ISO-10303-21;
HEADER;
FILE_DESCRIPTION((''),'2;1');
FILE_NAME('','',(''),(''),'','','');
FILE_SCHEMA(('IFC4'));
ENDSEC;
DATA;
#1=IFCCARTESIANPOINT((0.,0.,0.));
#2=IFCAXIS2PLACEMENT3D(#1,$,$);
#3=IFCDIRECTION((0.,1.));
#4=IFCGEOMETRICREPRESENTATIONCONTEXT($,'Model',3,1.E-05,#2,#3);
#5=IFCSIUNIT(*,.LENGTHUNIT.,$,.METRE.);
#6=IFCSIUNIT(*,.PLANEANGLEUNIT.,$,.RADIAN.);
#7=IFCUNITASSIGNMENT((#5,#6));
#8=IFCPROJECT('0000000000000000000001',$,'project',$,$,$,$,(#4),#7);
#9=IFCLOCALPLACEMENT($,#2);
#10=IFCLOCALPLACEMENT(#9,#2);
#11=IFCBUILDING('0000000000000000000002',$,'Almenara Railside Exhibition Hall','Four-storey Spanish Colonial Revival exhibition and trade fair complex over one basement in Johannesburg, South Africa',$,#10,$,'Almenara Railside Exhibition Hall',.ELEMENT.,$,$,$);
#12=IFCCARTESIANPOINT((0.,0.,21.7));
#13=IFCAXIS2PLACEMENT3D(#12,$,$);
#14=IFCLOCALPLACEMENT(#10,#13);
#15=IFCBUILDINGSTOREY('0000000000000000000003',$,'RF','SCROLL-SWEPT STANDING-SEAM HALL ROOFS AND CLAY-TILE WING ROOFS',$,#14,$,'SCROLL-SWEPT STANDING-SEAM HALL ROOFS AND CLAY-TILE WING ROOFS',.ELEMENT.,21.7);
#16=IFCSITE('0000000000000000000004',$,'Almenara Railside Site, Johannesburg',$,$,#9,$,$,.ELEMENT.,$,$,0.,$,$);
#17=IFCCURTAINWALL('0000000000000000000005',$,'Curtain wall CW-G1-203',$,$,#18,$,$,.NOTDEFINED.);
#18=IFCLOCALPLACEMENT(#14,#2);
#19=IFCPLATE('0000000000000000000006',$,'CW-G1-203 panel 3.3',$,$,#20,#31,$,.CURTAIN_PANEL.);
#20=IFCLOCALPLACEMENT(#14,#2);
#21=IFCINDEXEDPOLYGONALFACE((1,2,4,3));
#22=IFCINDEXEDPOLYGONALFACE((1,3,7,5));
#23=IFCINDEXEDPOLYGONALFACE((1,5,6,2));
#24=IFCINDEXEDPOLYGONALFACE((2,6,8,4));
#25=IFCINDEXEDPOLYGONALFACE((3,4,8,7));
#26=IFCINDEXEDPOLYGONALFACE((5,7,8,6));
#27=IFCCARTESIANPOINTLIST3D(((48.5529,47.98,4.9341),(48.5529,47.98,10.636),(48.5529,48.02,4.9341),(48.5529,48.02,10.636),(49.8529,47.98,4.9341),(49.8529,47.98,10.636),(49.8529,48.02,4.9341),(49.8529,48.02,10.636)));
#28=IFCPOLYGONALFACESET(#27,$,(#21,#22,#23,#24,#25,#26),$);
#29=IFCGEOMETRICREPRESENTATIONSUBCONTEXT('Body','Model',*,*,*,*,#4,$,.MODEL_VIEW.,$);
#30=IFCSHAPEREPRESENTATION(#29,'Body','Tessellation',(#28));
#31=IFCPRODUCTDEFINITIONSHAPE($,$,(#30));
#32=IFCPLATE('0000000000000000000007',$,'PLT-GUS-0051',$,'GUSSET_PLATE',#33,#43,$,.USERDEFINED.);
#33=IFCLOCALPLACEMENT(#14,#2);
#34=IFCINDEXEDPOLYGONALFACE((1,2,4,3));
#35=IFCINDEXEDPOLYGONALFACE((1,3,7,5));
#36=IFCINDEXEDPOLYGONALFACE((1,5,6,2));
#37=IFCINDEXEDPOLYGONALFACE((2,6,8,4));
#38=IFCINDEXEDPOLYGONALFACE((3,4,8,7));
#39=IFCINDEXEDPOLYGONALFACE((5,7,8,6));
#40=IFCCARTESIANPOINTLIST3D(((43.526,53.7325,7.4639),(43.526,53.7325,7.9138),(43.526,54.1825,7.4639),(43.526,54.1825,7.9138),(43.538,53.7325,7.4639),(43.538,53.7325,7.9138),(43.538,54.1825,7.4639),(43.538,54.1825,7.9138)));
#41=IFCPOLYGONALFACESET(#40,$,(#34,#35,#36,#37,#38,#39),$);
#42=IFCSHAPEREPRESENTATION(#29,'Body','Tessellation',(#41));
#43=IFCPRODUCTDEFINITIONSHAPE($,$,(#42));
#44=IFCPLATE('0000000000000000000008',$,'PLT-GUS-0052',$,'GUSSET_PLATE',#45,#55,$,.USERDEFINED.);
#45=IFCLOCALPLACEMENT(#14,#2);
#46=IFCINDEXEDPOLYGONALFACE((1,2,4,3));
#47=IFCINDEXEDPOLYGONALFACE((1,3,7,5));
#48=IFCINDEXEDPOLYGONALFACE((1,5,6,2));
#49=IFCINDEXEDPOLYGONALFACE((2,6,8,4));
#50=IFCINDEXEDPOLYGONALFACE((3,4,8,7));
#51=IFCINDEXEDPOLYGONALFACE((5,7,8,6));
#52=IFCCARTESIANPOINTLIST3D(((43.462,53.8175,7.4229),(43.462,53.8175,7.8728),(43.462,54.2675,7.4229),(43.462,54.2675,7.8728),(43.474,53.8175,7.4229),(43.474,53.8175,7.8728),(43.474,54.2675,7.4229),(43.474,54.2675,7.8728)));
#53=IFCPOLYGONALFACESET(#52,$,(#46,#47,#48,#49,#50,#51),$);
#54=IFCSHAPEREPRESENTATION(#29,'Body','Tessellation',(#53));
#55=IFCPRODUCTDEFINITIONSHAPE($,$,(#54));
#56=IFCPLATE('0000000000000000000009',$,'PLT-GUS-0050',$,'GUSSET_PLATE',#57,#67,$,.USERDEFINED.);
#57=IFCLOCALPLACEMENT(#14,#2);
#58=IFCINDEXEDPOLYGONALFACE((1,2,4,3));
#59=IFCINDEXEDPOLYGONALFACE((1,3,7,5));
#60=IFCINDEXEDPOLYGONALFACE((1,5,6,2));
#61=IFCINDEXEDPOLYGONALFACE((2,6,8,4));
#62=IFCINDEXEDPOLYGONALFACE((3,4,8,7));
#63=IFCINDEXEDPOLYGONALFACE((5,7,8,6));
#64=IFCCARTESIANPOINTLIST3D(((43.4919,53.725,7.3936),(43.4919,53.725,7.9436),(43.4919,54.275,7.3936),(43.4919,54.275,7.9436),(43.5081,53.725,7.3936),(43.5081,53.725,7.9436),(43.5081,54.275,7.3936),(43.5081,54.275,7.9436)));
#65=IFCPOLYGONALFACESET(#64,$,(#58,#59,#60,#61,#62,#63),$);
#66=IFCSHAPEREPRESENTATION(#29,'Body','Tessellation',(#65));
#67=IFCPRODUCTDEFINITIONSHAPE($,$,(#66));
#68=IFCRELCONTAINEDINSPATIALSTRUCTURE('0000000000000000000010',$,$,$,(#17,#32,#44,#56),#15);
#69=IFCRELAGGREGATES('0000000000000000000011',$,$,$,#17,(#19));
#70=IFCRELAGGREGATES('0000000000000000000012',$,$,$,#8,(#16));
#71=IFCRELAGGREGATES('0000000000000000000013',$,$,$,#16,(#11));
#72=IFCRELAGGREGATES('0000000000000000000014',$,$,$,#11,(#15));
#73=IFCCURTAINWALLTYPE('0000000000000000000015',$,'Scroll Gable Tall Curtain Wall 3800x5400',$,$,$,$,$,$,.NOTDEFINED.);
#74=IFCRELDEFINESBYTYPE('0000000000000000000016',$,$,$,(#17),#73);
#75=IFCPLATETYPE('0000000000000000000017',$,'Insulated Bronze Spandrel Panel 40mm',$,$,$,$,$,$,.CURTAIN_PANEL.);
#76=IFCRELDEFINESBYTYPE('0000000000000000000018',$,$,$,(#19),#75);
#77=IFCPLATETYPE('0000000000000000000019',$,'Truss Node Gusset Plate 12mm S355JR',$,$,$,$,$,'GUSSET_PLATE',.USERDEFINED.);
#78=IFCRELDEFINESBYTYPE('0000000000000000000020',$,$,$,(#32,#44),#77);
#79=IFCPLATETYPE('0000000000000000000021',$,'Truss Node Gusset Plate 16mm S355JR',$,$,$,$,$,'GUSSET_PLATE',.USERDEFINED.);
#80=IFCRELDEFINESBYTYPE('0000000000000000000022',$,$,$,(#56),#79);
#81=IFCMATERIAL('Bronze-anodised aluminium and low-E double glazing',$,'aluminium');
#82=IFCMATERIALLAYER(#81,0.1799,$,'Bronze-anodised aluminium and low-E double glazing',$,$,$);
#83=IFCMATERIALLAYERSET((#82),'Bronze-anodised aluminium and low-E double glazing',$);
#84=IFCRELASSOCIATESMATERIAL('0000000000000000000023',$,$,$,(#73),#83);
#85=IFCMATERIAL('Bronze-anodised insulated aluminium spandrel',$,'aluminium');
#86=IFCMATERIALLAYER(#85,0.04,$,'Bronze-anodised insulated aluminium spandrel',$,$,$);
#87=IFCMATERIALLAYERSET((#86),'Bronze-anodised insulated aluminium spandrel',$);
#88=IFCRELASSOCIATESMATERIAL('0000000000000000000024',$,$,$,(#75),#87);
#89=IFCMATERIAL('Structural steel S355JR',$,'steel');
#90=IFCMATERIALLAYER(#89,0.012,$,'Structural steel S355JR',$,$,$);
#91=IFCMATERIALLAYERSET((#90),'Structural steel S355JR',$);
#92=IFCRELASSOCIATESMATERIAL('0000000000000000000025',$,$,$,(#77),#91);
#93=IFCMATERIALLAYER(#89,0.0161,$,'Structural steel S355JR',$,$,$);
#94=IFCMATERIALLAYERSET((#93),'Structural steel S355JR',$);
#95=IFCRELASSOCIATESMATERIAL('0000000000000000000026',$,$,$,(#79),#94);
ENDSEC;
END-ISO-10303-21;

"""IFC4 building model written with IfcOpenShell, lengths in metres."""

from ifc_helpers import new_model, si_unit, direction, frame, origin, origin_2d, place, context, subcontext, project, spatial, rectangle, extrude, material, layer, layer_set, type_object, element, aggregate, save


model = new_model("IFC4")

# Units and contexts
model_context = context("Model", 3, precision=1e-05, world=origin(), true_north=direction((0.0, 1.0)))
body_context = subcontext(model_context, "Body", "Model", "MODEL_VIEW")
ifc_project = project(units=[si_unit("LENGTHUNIT", "METRE"), si_unit("PLANEANGLEUNIT", "RADIAN")], contexts=[model_context])

# Site, building, storey
site_placement = place(None, origin())
site = spatial("IfcSite", under=ifc_project, at=site_placement, Name="Almenara Railside Site, Johannesburg", CompositionType="ELEMENT", RefElevation=0.0)
building_placement = place(site_placement, origin())
building = spatial("IfcBuilding", under=site, at=building_placement, Name="Almenara Railside Exhibition Hall", Description="Four-storey Spanish Colonial Revival exhibition and trade fair complex over one basement in Johannesburg, South Africa", LongName="Almenara Railside Exhibition Hall", CompositionType="ELEMENT")
storey_placement = place(building_placement, frame((0.0, 0.0, 21.7)))
storey = spatial("IfcBuildingStorey", under=building, at=storey_placement, Name="RF", Description="SCROLL-SWEPT STANDING-SEAM HALL ROOFS AND CLAY-TILE WING ROOFS", LongName="SCROLL-SWEPT STANDING-SEAM HALL ROOFS AND CLAY-TILE WING ROOFS", CompositionType="ELEMENT", Elevation=21.7)

# Shared definitions
ifc_material_1 = material(Name="Structural steel S355JR", Category="steel")

# Curtain wall
ifc_material_2 = material(Name="Bronze-anodised aluminium and low-E double glazing", Category="aluminium")
ifc_layer_1 = layer(ifc_material_2, 0.1799, Name="Bronze-anodised aluminium and low-E double glazing")
ifc_layer_set_1 = layer_set([ifc_layer_1], Name="Bronze-anodised aluminium and low-E double glazing")
curtain_wall_type = type_object("IfcCurtainWallType", Name="Scroll Gable Tall Curtain Wall 3800x5400", PredefinedType="NOTDEFINED", material=ifc_layer_set_1)
curtain_wall_1_placement = place(storey_placement, origin())
curtain_wall_1 = element("IfcCurtainWall", 1, at=curtain_wall_1_placement, inside=storey, type_object=curtain_wall_type, Name="Curtain wall CW-G1-203", PredefinedType="NOTDEFINED")

# Plate
ifc_material_3 = material(Name="Bronze-anodised insulated aluminium spandrel", Category="aluminium")
ifc_layer_2 = layer(ifc_material_3, 0.04, Name="Bronze-anodised insulated aluminium spandrel")
ifc_layer_set_2 = layer_set([ifc_layer_2], Name="Bronze-anodised insulated aluminium spandrel")
plate_type_1 = type_object("IfcPlateType", Name="Insulated Bronze Spandrel Panel 40mm", PredefinedType="CURTAIN_PANEL", material=ifc_layer_set_2)
plate_1_placement = place(storey_placement, frame((49.2029, 48.0, 4.9341), z_axis=(0.0, 0.0, 1.0), x_axis=(1.0, 0.0, 0.0)))
plate_1 = element("IfcPlate", 2, at=plate_1_placement, type_object=plate_type_1, Name="CW-G1-203 panel 3.3", PredefinedType="CURTAIN_PANEL", context=body_context, shape_type="SweptSolid", body=[
    extrude(rectangle(XDim=1.3, YDim=0.04, at=origin_2d()), origin(), (0.0, 0.0, 1.0), 5.7019),
])
aggregate(curtain_wall_1, [plate_1])

# Plates
ifc_layer_3 = layer(ifc_material_1, 0.012, Name="Structural steel S355JR")
ifc_layer_set_3 = layer_set([ifc_layer_3], Name="Structural steel S355JR")
plate_type_2 = type_object("IfcPlateType", Name="Truss Node Gusset Plate 12mm S355JR", ElementType="GUSSET_PLATE", PredefinedType="USERDEFINED", material=ifc_layer_set_3)
for number, where, z_axis, x_axis, name in (
    (3, (43.532, 53.9575, 7.4639), (0.0, 0.0, 1.0), (0.0, 1.0, 0.0), "PLT-GUS-0051"),
    (4, (43.468, 54.0425, 7.4229), (0.0, 0.0, 1.0), (0.0, 1.0, 0.0), "PLT-GUS-0052"),
):
    element("IfcPlate", number, at=place(storey_placement, frame(where, z_axis=z_axis, x_axis=x_axis)), inside=storey, type_object=plate_type_2, Name=name, ObjectType="GUSSET_PLATE", PredefinedType="USERDEFINED", context=body_context, shape_type="SweptSolid", body=[
        extrude(rectangle(XDim=0.45, YDim=0.012, at=origin_2d()), origin(), (0.0, 0.0, 1.0), 0.45),
    ])
ifc_layer_4 = layer(ifc_material_1, 0.0161, Name="Structural steel S355JR")
ifc_layer_set_4 = layer_set([ifc_layer_4], Name="Structural steel S355JR")
plate_type_3 = type_object("IfcPlateType", Name="Truss Node Gusset Plate 16mm S355JR", ElementType="GUSSET_PLATE", PredefinedType="USERDEFINED", material=ifc_layer_set_4)
plate_2_placement = place(storey_placement, frame((43.5, 54.0, 7.3936), z_axis=(0.0, 0.0, 1.0), x_axis=(0.0, 1.0, 0.0)))
element("IfcPlate", 5, at=plate_2_placement, inside=storey, type_object=plate_type_3, Name="PLT-GUS-0050", ObjectType="GUSSET_PLATE", PredefinedType="USERDEFINED", context=body_context, shape_type="SweptSolid", body=[
    extrude(rectangle(XDim=0.55, YDim=0.0161, at=origin_2d()), origin(), (0.0, 0.0, 1.0), 0.55),
])

save(model, "model.ifc")
